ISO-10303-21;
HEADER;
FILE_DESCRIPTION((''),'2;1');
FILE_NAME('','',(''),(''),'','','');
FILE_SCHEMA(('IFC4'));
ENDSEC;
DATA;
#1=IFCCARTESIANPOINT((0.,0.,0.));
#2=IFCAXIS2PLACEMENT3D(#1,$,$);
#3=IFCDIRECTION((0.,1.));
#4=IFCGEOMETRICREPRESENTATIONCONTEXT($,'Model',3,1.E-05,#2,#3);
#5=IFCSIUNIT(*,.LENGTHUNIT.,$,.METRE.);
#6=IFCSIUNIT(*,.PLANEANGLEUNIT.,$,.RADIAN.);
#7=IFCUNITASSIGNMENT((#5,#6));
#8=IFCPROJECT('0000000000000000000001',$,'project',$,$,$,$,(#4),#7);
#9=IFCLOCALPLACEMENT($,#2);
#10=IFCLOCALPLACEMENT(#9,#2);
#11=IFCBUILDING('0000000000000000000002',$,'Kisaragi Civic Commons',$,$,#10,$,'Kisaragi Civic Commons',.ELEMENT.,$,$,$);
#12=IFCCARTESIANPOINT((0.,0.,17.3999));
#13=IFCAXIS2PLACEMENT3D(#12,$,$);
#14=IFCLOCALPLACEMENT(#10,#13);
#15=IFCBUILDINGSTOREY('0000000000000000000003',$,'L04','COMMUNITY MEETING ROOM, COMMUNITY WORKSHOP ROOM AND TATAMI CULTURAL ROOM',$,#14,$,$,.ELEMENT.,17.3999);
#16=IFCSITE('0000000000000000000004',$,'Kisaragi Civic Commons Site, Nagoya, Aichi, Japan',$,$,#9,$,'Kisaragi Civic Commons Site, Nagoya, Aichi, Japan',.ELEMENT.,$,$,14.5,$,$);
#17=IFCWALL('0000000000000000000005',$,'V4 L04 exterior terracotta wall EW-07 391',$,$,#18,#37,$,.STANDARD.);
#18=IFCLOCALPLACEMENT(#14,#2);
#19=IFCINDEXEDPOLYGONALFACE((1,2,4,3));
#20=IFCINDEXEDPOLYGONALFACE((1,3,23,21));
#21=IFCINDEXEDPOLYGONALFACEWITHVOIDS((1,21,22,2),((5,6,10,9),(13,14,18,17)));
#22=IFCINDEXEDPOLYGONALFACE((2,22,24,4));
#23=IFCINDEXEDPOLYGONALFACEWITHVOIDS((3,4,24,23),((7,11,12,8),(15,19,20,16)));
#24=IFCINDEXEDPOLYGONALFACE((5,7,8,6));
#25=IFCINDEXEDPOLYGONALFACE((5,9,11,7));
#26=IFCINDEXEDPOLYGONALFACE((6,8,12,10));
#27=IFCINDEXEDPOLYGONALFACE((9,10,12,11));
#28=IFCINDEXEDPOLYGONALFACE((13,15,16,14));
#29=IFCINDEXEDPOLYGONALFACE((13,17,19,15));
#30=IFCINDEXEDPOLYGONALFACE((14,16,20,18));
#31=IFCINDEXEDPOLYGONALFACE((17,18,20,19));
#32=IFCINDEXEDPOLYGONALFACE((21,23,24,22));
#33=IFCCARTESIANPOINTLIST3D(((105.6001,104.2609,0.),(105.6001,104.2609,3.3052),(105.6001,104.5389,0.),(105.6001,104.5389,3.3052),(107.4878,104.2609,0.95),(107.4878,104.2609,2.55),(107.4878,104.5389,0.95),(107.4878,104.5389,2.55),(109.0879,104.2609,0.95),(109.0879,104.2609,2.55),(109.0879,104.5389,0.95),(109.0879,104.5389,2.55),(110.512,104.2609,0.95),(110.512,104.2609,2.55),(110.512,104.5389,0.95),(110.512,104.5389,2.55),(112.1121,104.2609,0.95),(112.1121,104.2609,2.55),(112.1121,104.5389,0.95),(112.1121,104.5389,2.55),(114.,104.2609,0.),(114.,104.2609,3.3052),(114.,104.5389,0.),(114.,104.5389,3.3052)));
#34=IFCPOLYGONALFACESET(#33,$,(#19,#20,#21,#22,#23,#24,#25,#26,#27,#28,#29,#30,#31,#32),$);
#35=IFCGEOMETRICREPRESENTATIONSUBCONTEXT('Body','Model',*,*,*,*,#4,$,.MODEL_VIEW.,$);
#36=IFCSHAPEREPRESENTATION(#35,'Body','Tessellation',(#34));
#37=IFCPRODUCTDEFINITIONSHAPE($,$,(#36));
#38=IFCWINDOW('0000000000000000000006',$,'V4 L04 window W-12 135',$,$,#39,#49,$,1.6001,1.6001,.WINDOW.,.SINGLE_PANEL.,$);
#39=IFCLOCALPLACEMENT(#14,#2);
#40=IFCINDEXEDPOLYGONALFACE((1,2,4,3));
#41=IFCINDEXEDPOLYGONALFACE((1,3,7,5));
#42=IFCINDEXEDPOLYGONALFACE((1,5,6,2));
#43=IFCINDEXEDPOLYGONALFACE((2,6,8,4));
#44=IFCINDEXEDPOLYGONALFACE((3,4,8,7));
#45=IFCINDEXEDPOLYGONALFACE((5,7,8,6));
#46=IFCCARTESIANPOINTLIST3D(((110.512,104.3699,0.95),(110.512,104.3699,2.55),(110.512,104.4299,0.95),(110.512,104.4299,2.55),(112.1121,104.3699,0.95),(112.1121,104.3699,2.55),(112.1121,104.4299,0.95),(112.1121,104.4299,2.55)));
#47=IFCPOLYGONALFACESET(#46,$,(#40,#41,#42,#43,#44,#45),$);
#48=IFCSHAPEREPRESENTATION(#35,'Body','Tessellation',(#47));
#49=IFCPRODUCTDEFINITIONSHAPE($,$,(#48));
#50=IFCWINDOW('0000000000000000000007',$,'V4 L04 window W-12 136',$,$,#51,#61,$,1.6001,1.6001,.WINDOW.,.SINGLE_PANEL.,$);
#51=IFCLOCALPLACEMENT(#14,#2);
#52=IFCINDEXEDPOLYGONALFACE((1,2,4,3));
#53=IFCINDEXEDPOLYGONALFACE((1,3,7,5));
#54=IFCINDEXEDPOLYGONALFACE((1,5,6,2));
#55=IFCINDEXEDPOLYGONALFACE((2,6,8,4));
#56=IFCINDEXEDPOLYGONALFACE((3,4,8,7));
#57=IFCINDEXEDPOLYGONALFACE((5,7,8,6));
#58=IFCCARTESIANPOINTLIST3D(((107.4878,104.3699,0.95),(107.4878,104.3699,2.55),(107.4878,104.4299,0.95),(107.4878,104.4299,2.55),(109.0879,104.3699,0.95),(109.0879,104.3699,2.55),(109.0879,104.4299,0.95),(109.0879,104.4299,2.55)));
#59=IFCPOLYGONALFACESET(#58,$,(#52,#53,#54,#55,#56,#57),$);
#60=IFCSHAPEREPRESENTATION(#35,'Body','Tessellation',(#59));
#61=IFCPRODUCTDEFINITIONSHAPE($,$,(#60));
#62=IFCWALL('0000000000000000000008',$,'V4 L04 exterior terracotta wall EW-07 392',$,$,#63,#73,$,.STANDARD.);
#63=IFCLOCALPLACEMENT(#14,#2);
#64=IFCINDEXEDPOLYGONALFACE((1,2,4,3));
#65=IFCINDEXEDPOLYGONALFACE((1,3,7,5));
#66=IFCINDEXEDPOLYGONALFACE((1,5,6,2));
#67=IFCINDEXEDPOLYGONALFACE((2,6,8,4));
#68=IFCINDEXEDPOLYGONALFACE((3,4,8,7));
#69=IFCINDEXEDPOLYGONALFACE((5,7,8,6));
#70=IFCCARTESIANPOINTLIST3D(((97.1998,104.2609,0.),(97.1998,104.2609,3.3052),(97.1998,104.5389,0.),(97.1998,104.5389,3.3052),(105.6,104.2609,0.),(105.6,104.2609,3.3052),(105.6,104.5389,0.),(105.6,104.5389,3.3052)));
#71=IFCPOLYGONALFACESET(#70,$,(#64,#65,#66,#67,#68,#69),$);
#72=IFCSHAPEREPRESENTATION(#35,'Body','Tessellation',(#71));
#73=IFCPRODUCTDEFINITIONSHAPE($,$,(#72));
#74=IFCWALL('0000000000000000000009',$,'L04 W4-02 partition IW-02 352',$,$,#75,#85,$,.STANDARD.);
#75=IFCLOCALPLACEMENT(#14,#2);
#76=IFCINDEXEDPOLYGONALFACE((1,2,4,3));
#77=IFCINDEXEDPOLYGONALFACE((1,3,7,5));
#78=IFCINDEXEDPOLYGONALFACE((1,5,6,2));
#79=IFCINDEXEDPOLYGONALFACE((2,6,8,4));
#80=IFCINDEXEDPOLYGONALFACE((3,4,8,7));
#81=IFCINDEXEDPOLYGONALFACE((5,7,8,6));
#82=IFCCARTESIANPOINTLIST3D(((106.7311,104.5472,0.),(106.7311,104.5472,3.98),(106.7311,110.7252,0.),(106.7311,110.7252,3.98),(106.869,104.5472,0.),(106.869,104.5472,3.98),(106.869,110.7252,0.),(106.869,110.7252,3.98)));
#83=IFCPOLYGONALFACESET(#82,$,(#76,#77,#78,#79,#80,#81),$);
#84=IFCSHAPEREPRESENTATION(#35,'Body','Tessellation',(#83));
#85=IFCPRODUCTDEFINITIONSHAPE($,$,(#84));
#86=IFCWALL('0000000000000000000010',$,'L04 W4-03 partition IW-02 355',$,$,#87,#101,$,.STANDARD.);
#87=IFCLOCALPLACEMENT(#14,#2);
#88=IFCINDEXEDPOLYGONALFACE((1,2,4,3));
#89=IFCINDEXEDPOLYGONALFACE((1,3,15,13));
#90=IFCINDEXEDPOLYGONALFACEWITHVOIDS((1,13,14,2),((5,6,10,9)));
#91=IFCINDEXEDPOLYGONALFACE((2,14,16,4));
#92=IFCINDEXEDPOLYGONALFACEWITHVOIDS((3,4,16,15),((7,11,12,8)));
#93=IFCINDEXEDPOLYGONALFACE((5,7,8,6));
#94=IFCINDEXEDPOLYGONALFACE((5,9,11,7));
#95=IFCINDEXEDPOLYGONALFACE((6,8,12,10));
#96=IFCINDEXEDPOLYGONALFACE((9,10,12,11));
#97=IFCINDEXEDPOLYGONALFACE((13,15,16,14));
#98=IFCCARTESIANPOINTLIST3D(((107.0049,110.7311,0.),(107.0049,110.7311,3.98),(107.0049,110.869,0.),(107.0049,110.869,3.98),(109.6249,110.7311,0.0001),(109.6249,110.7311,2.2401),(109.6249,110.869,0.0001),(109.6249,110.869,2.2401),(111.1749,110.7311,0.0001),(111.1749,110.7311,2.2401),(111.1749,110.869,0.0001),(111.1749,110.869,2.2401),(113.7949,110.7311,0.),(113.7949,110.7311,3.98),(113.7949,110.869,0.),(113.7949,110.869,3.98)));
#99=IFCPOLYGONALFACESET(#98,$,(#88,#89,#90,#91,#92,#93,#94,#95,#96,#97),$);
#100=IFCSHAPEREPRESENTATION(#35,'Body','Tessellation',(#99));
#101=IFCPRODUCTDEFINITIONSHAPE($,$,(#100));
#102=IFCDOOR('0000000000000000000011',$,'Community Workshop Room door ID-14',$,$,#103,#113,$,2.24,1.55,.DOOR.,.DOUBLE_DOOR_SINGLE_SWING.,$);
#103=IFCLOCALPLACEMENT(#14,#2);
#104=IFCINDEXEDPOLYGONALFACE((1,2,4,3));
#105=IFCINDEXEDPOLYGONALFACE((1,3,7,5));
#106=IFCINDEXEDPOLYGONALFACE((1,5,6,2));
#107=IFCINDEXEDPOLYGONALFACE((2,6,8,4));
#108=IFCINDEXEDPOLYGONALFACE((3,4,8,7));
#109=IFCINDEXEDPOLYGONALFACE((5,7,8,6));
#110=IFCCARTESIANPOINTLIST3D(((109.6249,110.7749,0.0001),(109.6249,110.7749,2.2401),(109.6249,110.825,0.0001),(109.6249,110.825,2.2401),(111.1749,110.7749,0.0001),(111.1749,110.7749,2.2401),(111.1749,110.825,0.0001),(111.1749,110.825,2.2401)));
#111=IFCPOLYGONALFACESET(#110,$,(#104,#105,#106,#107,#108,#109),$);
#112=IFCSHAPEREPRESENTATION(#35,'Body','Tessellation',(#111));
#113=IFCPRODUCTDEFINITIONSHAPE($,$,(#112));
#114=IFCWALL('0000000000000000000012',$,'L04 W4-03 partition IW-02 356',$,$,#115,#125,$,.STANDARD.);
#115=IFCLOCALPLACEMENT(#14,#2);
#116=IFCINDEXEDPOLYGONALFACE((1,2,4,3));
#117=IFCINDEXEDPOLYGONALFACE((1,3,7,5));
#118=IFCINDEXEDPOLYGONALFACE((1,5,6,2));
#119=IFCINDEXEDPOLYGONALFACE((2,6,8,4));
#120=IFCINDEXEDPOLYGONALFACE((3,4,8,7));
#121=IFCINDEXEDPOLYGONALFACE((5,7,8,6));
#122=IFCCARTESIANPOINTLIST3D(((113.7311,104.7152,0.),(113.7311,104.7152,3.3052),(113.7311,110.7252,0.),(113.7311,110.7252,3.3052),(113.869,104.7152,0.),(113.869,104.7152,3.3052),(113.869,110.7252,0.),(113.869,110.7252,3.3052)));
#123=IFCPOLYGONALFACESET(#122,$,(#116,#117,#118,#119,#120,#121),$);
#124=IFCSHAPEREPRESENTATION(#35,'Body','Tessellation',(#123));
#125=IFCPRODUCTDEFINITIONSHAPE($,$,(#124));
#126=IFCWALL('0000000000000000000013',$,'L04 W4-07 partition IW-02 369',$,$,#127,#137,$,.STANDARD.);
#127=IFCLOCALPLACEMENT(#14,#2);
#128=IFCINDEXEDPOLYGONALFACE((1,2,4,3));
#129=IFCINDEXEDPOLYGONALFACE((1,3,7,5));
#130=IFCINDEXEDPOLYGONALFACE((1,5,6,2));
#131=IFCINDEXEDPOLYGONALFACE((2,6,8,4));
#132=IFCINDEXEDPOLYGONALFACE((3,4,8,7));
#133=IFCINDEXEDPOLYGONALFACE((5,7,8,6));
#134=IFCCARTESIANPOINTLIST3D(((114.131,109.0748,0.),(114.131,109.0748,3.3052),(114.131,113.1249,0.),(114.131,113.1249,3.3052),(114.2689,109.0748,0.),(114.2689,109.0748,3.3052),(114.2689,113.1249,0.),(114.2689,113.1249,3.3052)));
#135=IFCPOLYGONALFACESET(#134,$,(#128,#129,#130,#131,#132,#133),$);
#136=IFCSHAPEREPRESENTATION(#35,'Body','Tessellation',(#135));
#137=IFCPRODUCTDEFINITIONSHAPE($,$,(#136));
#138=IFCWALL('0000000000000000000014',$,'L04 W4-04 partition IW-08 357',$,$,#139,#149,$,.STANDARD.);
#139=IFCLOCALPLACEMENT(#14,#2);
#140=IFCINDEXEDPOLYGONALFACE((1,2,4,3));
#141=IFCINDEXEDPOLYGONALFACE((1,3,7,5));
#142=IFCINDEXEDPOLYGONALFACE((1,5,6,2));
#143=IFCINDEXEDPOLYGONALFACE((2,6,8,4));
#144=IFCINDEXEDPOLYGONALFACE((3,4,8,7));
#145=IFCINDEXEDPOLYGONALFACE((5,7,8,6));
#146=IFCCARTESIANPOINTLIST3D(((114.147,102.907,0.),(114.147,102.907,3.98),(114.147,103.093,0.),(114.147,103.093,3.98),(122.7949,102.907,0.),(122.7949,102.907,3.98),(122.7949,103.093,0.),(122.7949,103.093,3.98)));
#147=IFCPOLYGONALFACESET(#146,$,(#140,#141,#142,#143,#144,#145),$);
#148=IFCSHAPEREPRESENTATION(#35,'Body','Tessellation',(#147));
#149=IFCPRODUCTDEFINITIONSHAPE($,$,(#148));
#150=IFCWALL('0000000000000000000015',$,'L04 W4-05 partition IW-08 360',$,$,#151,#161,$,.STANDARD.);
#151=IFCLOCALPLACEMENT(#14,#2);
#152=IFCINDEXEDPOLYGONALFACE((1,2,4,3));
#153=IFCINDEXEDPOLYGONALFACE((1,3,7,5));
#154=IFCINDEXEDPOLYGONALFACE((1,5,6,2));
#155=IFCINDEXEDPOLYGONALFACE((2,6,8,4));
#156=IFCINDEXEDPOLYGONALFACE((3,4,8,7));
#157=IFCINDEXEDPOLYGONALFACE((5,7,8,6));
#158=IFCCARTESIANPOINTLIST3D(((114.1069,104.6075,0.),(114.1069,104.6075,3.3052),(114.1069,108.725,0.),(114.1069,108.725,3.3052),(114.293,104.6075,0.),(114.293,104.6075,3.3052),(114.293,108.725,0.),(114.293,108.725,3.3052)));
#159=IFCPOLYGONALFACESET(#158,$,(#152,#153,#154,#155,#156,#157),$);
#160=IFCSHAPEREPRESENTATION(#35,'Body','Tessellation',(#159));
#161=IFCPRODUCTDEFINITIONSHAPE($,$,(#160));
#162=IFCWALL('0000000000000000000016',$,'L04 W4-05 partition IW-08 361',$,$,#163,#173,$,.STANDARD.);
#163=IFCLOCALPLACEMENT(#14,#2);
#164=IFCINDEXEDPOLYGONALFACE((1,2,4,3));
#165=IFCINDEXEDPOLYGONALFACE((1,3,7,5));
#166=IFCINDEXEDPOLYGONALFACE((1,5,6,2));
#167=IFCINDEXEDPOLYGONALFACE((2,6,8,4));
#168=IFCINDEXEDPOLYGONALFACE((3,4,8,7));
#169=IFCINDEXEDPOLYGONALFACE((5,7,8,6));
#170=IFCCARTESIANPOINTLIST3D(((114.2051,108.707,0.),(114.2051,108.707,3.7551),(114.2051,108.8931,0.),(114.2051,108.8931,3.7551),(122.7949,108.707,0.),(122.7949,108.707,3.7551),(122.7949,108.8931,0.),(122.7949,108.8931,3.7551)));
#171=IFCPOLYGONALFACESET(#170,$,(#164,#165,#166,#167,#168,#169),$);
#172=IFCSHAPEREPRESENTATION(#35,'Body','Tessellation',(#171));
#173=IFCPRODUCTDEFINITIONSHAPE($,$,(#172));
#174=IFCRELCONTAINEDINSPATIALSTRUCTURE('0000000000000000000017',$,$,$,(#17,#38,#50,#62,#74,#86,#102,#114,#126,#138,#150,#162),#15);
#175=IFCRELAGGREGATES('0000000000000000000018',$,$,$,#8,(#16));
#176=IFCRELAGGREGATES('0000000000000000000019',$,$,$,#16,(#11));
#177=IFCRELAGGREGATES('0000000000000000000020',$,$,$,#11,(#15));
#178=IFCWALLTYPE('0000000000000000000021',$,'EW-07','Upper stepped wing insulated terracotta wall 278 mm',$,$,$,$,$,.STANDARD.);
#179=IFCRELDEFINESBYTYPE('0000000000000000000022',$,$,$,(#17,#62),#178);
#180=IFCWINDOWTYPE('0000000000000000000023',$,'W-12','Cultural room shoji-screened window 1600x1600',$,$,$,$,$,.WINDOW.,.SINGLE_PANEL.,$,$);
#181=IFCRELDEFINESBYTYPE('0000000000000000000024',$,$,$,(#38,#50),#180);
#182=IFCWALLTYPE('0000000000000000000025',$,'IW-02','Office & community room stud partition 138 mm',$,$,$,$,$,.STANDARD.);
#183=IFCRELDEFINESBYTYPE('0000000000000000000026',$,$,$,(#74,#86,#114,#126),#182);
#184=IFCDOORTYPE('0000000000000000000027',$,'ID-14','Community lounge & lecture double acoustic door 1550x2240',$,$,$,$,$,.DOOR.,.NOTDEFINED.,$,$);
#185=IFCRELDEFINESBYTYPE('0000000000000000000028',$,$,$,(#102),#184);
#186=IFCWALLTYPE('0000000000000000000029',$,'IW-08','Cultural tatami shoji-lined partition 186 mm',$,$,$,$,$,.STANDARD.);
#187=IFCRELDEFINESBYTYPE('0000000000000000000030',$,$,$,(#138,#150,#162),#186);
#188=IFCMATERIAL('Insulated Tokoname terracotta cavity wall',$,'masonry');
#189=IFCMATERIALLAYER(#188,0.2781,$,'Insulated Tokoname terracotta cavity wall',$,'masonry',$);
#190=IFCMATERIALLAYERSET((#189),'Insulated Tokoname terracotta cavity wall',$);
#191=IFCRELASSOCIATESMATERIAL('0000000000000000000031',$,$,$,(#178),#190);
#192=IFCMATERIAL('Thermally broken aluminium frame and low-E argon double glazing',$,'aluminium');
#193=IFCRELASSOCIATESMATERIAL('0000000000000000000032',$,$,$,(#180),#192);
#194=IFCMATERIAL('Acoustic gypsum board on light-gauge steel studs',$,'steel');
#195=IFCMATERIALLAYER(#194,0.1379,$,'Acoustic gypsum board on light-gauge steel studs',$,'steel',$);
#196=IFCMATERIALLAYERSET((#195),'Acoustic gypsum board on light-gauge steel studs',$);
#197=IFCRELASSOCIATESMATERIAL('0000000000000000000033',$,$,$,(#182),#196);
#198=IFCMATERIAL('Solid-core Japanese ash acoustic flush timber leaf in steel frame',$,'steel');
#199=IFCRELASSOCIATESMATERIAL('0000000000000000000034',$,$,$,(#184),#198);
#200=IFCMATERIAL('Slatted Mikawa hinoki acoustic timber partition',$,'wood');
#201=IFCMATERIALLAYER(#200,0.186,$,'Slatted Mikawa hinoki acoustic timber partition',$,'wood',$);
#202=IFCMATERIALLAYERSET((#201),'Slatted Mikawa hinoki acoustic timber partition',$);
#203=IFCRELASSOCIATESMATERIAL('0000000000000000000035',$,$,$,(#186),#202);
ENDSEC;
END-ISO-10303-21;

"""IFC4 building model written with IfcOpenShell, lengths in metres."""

from ifc_helpers import new_model, si_unit, direction, frame, frame_2d, origin, place, context, subcontext, project, spatial, rectangle, extrude, material, layer, layer_set, type_object, element, fill, save


model = new_model("IFC4")

# Units and contexts
model_context = context("Model", 3, precision=1e-05, world=origin(), true_north=direction((0.0, 1.0)))
body_context = subcontext(model_context, "Body", "Model", "MODEL_VIEW")
ifc_project = project(units=[si_unit("LENGTHUNIT", "METRE"), si_unit("PLANEANGLEUNIT", "RADIAN")], contexts=[model_context])

# Site, building, storey
site_placement = place(None, origin())
site = spatial("IfcSite", under=ifc_project, at=site_placement, Name="Kisaragi Civic Commons Site, Nagoya, Aichi, Japan", LongName="Kisaragi Civic Commons Site, Nagoya, Aichi, Japan", CompositionType="ELEMENT", RefElevation=14.5)
building_placement = place(site_placement, origin())
building = spatial("IfcBuilding", under=site, at=building_placement, Name="Kisaragi Civic Commons", LongName="Kisaragi Civic Commons", CompositionType="ELEMENT")
storey_placement = place(building_placement, frame((0.0, 0.0, 17.3999)))
storey = spatial("IfcBuildingStorey", under=building, at=storey_placement, Name="L04", Description="COMMUNITY MEETING ROOM, COMMUNITY WORKSHOP ROOM AND TATAMI CULTURAL ROOM", CompositionType="ELEMENT", Elevation=17.3999)

# Wall, openings, windows
ifc_material_1 = material(Name="Insulated Tokoname terracotta cavity wall", Category="masonry")
ifc_layer_1 = layer(ifc_material_1, 0.2781, Name="Insulated Tokoname terracotta cavity wall", Category="masonry")
ifc_layer_set_1 = layer_set([ifc_layer_1], Name="Insulated Tokoname terracotta cavity wall")
wall_type_1 = type_object("IfcWallType", Name="EW-07", Description="Upper stepped wing insulated terracotta wall 278 mm", PredefinedType="STANDARD", material=ifc_layer_set_1)
ifc_material_2 = material(Name="Thermally broken aluminium frame and low-E argon double glazing", Category="aluminium")
window_type = type_object("IfcWindowType", Name="W-12", Description="Cultural room shoji-screened window 1600x1600", PartitioningType="SINGLE_PANEL", PredefinedType="WINDOW", material=ifc_material_2)
wall_1_placement = place(storey_placement, frame((114.0, 104.3999, 0.0), z_axis=(0.0, 0.0, 1.0), x_axis=(-1.0, 0.0, 0.0)))
wall_1 = element("IfcWall", 1, at=wall_1_placement, inside=storey, type_object=wall_type_1, Name="V4 L04 exterior terracotta wall EW-07 391", PredefinedType="STANDARD", context=body_context, shape_type="SweptSolid", body=[
    extrude(rectangle(XDim=8.3999, YDim=0.2781, at=frame_2d((4.2, 0.0))), origin(), (0.0, 0.0, 1.0), 3.3052),
])
opening_1_placement = place(wall_1_placement, frame((1.8879, 0.0, 0.95)))
opening_1 = element("IfcOpeningElement", 2, at=opening_1_placement, cuts=wall_1, PredefinedType="OPENING", context=body_context, shape_type="SweptSolid", body=[
    extrude(rectangle(XDim=1.6001, YDim=1.6001, at=frame_2d((0.8, 0.8))), frame((0.0, 0.1489, 0.0), z_axis=(0.0, -1.0, 0.0), x_axis=(1.0, 0.0, 0.0)), (0.0, 0.0, 1.0), 0.2981),
])
opening_2_placement = place(wall_1_placement, frame((4.9121, 0.0, 0.95)))
opening_2 = element("IfcOpeningElement", 3, at=opening_2_placement, cuts=wall_1, PredefinedType="OPENING", context=body_context, shape_type="SweptSolid", body=[
    extrude(rectangle(XDim=1.6001, YDim=1.6001, at=frame_2d((0.8, 0.8))), frame((0.0, 0.1489, 0.0), z_axis=(0.0, -1.0, 0.0), x_axis=(1.0, 0.0, 0.0)), (0.0, 0.0, 1.0), 0.2981),
])
window_1_placement = place(opening_1_placement, origin())
window_1 = element("IfcWindow", 4, at=window_1_placement, inside=storey, type_object=window_type, Name="V4 L04 window W-12 135", OverallHeight=1.6001, OverallWidth=1.6001, PartitioningType="SINGLE_PANEL", PredefinedType="WINDOW", context=body_context, shape_type="SweptSolid", body=[
    extrude(rectangle(XDim=1.6001, YDim=1.6001, at=frame_2d((0.8, 0.8))), frame((0.0, 0.03, 0.0), z_axis=(0.0, -1.0, 0.0), x_axis=(1.0, 0.0, 0.0)), (0.0, 0.0, 1.0), 0.0601),
])
fill(opening_1, window_1)
window_2_placement = place(opening_2_placement, origin())
window_2 = element("IfcWindow", 5, at=window_2_placement, inside=storey, type_object=window_type, Name="V4 L04 window W-12 136", OverallHeight=1.6001, OverallWidth=1.6001, PartitioningType="SINGLE_PANEL", PredefinedType="WINDOW", context=body_context, shape_type="SweptSolid", body=[
    extrude(rectangle(XDim=1.6001, YDim=1.6001, at=frame_2d((0.8, 0.8))), frame((0.0, 0.03, 0.0), z_axis=(0.0, -1.0, 0.0), x_axis=(1.0, 0.0, 0.0)), (0.0, 0.0, 1.0), 0.0601),
])
fill(opening_2, window_2)

# Walls
wall_2_placement = place(storey_placement, frame((105.6001, 104.3999, 0.0), z_axis=(0.0, 0.0, 1.0), x_axis=(-1.0, 0.0, 0.0)))
element("IfcWall", 6, at=wall_2_placement, inside=storey, type_object=wall_type_1, Name="V4 L04 exterior terracotta wall EW-07 392", PredefinedType="STANDARD", context=body_context, shape_type="SweptSolid", body=[
    extrude(rectangle(XDim=8.4001, YDim=0.2781, at=frame_2d((4.2002, 0.0))), origin(), (0.0, 0.0, 1.0), 3.3052),
])
ifc_material_3 = material(Name="Acoustic gypsum board on light-gauge steel studs", Category="steel")
ifc_layer_2 = layer(ifc_material_3, 0.1379, Name="Acoustic gypsum board on light-gauge steel studs", Category="steel")
ifc_layer_set_2 = layer_set([ifc_layer_2], Name="Acoustic gypsum board on light-gauge steel studs")
wall_type_2 = type_object("IfcWallType", Name="IW-02", Description="Office & community room stud partition 138 mm", PredefinedType="STANDARD", material=ifc_layer_set_2)
wall_3_placement = place(storey_placement, frame((106.8, 110.7251, 0.0), z_axis=(0.0, 0.0, 1.0), x_axis=(0.0, -1.0, 0.0)))
element("IfcWall", 7, at=wall_3_placement, inside=storey, type_object=wall_type_2, Name="L04 W4-02 partition IW-02 352", PredefinedType="STANDARD", context=body_context, shape_type="SweptSolid", body=[
    extrude(rectangle(XDim=6.178, YDim=0.1379, at=frame_2d((3.0889, 0.0))), origin(), (0.0, 0.0, 1.0), 3.98),
])

# Wall, opening, door
wall_4_placement = place(storey_placement, frame((107.0049, 110.8, 0.0), z_axis=(0.0, 0.0, 1.0), x_axis=(1.0, 0.0, 0.0)))
wall_4 = element("IfcWall", 8, at=wall_4_placement, inside=storey, type_object=wall_type_2, Name="L04 W4-03 partition IW-02 355", PredefinedType="STANDARD", context=body_context, shape_type="SweptSolid", body=[
    extrude(rectangle(XDim=6.79, YDim=0.1379, at=frame_2d((3.395, 0.0))), origin(), (0.0, 0.0, 1.0), 3.98),
])
opening_3_placement = place(wall_4_placement, frame((2.6201, 0.0, 0.0)))
opening_3 = element("IfcOpeningElement", 9, at=opening_3_placement, cuts=wall_4, PredefinedType="OPENING", context=body_context, shape_type="SweptSolid", body=[
    extrude(rectangle(XDim=1.55, YDim=2.24, at=frame_2d((0.7749, 1.1201))), frame((0.0, 0.0789, 0.0), z_axis=(0.0, -1.0, 0.0), x_axis=(1.0, 0.0, 0.0)), (0.0, 0.0, 1.0), 0.158),
])
ifc_material_4 = material(Name="Solid-core Japanese ash acoustic flush timber leaf in steel frame", Category="steel")
door_type = type_object("IfcDoorType", Name="ID-14", Description="Community lounge & lecture double acoustic door 1550x2240", OperationType="NOTDEFINED", PredefinedType="DOOR", material=ifc_material_4)
door_placement = place(opening_3_placement, origin())
door = element("IfcDoor", 10, at=door_placement, inside=storey, type_object=door_type, Name="Community Workshop Room door ID-14", OperationType="DOUBLE_DOOR_SINGLE_SWING", OverallHeight=2.24, OverallWidth=1.55, PredefinedType="DOOR", context=body_context, shape_type="SweptSolid", body=[
    extrude(rectangle(XDim=1.55, YDim=2.24, at=frame_2d((0.7749, 1.1201))), frame((0.0, 0.0249, 0.0), z_axis=(0.0, -1.0, 0.0), x_axis=(1.0, 0.0, 0.0)), (0.0, 0.0, 1.0), 0.05),
])
fill(opening_3, door)

# Walls
wall_5_placement = place(storey_placement, frame((113.8, 110.7251, 0.0), z_axis=(0.0, 0.0, 1.0), x_axis=(0.0, -1.0, 0.0)))
element("IfcWall", 11, at=wall_5_placement, inside=storey, type_object=wall_type_2, Name="L04 W4-03 partition IW-02 356", PredefinedType="STANDARD", context=body_context, shape_type="SweptSolid", body=[
    extrude(rectangle(XDim=6.01, YDim=0.1379, at=frame_2d((3.0049, 0.0))), origin(), (0.0, 0.0, 1.0), 3.3052),
])
wall_6_placement = place(storey_placement, frame((114.2, 109.075, 0.0), z_axis=(0.0, 0.0, 1.0), x_axis=(0.0, 1.0, 0.0)))
element("IfcWall", 12, at=wall_6_placement, inside=storey, type_object=wall_type_2, Name="L04 W4-07 partition IW-02 369", PredefinedType="STANDARD", context=body_context, shape_type="SweptSolid", body=[
    extrude(rectangle(XDim=4.05, YDim=0.1379, at=frame_2d((2.0249, 0.0))), origin(), (0.0, 0.0, 1.0), 3.3052),
])
ifc_material_5 = material(Name="Slatted Mikawa hinoki acoustic timber partition", Category="wood")
ifc_layer_3 = layer(ifc_material_5, 0.186, Name="Slatted Mikawa hinoki acoustic timber partition", Category="wood")
ifc_layer_set_3 = layer_set([ifc_layer_3], Name="Slatted Mikawa hinoki acoustic timber partition")
wall_type_3 = type_object("IfcWallType", Name="IW-08", Description="Cultural tatami shoji-lined partition 186 mm", PredefinedType="STANDARD", material=ifc_layer_set_3)
wall_7_placement = place(storey_placement, frame((114.147, 103.0, 0.0), z_axis=(0.0, 0.0, 1.0), x_axis=(1.0, 0.0, 0.0)))
element("IfcWall", 13, at=wall_7_placement, inside=storey, type_object=wall_type_3, Name="L04 W4-04 partition IW-08 357", PredefinedType="STANDARD", context=body_context, shape_type="SweptSolid", body=[
    extrude(rectangle(XDim=8.6479, YDim=0.186, at=frame_2d((4.324, 0.0))), origin(), (0.0, 0.0, 1.0), 3.98),
])
wall_8_placement = place(storey_placement, frame((114.2, 104.6077, 0.0), z_axis=(0.0, 0.0, 1.0), x_axis=(0.0, 1.0, 0.0)))
element("IfcWall", 14, at=wall_8_placement, inside=storey, type_object=wall_type_3, Name="L04 W4-05 partition IW-08 360", PredefinedType="STANDARD", context=body_context, shape_type="SweptSolid", body=[
    extrude(rectangle(XDim=4.1174, YDim=0.186, at=frame_2d((2.0586, 0.0))), origin(), (0.0, 0.0, 1.0), 3.3052),
])
wall_9_placement = place(storey_placement, frame((114.2051, 108.8, 0.0), z_axis=(0.0, 0.0, 1.0), x_axis=(1.0, 0.0, 0.0)))
element("IfcWall", 15, at=wall_9_placement, inside=storey, type_object=wall_type_3, Name="L04 W4-05 partition IW-08 361", PredefinedType="STANDARD", context=body_context, shape_type="SweptSolid", body=[
    extrude(rectangle(XDim=8.5898, YDim=0.186, at=frame_2d((4.2949, 0.0))), origin(), (0.0, 0.0, 1.0), 3.7551),
])

save(model, "model.ifc")
